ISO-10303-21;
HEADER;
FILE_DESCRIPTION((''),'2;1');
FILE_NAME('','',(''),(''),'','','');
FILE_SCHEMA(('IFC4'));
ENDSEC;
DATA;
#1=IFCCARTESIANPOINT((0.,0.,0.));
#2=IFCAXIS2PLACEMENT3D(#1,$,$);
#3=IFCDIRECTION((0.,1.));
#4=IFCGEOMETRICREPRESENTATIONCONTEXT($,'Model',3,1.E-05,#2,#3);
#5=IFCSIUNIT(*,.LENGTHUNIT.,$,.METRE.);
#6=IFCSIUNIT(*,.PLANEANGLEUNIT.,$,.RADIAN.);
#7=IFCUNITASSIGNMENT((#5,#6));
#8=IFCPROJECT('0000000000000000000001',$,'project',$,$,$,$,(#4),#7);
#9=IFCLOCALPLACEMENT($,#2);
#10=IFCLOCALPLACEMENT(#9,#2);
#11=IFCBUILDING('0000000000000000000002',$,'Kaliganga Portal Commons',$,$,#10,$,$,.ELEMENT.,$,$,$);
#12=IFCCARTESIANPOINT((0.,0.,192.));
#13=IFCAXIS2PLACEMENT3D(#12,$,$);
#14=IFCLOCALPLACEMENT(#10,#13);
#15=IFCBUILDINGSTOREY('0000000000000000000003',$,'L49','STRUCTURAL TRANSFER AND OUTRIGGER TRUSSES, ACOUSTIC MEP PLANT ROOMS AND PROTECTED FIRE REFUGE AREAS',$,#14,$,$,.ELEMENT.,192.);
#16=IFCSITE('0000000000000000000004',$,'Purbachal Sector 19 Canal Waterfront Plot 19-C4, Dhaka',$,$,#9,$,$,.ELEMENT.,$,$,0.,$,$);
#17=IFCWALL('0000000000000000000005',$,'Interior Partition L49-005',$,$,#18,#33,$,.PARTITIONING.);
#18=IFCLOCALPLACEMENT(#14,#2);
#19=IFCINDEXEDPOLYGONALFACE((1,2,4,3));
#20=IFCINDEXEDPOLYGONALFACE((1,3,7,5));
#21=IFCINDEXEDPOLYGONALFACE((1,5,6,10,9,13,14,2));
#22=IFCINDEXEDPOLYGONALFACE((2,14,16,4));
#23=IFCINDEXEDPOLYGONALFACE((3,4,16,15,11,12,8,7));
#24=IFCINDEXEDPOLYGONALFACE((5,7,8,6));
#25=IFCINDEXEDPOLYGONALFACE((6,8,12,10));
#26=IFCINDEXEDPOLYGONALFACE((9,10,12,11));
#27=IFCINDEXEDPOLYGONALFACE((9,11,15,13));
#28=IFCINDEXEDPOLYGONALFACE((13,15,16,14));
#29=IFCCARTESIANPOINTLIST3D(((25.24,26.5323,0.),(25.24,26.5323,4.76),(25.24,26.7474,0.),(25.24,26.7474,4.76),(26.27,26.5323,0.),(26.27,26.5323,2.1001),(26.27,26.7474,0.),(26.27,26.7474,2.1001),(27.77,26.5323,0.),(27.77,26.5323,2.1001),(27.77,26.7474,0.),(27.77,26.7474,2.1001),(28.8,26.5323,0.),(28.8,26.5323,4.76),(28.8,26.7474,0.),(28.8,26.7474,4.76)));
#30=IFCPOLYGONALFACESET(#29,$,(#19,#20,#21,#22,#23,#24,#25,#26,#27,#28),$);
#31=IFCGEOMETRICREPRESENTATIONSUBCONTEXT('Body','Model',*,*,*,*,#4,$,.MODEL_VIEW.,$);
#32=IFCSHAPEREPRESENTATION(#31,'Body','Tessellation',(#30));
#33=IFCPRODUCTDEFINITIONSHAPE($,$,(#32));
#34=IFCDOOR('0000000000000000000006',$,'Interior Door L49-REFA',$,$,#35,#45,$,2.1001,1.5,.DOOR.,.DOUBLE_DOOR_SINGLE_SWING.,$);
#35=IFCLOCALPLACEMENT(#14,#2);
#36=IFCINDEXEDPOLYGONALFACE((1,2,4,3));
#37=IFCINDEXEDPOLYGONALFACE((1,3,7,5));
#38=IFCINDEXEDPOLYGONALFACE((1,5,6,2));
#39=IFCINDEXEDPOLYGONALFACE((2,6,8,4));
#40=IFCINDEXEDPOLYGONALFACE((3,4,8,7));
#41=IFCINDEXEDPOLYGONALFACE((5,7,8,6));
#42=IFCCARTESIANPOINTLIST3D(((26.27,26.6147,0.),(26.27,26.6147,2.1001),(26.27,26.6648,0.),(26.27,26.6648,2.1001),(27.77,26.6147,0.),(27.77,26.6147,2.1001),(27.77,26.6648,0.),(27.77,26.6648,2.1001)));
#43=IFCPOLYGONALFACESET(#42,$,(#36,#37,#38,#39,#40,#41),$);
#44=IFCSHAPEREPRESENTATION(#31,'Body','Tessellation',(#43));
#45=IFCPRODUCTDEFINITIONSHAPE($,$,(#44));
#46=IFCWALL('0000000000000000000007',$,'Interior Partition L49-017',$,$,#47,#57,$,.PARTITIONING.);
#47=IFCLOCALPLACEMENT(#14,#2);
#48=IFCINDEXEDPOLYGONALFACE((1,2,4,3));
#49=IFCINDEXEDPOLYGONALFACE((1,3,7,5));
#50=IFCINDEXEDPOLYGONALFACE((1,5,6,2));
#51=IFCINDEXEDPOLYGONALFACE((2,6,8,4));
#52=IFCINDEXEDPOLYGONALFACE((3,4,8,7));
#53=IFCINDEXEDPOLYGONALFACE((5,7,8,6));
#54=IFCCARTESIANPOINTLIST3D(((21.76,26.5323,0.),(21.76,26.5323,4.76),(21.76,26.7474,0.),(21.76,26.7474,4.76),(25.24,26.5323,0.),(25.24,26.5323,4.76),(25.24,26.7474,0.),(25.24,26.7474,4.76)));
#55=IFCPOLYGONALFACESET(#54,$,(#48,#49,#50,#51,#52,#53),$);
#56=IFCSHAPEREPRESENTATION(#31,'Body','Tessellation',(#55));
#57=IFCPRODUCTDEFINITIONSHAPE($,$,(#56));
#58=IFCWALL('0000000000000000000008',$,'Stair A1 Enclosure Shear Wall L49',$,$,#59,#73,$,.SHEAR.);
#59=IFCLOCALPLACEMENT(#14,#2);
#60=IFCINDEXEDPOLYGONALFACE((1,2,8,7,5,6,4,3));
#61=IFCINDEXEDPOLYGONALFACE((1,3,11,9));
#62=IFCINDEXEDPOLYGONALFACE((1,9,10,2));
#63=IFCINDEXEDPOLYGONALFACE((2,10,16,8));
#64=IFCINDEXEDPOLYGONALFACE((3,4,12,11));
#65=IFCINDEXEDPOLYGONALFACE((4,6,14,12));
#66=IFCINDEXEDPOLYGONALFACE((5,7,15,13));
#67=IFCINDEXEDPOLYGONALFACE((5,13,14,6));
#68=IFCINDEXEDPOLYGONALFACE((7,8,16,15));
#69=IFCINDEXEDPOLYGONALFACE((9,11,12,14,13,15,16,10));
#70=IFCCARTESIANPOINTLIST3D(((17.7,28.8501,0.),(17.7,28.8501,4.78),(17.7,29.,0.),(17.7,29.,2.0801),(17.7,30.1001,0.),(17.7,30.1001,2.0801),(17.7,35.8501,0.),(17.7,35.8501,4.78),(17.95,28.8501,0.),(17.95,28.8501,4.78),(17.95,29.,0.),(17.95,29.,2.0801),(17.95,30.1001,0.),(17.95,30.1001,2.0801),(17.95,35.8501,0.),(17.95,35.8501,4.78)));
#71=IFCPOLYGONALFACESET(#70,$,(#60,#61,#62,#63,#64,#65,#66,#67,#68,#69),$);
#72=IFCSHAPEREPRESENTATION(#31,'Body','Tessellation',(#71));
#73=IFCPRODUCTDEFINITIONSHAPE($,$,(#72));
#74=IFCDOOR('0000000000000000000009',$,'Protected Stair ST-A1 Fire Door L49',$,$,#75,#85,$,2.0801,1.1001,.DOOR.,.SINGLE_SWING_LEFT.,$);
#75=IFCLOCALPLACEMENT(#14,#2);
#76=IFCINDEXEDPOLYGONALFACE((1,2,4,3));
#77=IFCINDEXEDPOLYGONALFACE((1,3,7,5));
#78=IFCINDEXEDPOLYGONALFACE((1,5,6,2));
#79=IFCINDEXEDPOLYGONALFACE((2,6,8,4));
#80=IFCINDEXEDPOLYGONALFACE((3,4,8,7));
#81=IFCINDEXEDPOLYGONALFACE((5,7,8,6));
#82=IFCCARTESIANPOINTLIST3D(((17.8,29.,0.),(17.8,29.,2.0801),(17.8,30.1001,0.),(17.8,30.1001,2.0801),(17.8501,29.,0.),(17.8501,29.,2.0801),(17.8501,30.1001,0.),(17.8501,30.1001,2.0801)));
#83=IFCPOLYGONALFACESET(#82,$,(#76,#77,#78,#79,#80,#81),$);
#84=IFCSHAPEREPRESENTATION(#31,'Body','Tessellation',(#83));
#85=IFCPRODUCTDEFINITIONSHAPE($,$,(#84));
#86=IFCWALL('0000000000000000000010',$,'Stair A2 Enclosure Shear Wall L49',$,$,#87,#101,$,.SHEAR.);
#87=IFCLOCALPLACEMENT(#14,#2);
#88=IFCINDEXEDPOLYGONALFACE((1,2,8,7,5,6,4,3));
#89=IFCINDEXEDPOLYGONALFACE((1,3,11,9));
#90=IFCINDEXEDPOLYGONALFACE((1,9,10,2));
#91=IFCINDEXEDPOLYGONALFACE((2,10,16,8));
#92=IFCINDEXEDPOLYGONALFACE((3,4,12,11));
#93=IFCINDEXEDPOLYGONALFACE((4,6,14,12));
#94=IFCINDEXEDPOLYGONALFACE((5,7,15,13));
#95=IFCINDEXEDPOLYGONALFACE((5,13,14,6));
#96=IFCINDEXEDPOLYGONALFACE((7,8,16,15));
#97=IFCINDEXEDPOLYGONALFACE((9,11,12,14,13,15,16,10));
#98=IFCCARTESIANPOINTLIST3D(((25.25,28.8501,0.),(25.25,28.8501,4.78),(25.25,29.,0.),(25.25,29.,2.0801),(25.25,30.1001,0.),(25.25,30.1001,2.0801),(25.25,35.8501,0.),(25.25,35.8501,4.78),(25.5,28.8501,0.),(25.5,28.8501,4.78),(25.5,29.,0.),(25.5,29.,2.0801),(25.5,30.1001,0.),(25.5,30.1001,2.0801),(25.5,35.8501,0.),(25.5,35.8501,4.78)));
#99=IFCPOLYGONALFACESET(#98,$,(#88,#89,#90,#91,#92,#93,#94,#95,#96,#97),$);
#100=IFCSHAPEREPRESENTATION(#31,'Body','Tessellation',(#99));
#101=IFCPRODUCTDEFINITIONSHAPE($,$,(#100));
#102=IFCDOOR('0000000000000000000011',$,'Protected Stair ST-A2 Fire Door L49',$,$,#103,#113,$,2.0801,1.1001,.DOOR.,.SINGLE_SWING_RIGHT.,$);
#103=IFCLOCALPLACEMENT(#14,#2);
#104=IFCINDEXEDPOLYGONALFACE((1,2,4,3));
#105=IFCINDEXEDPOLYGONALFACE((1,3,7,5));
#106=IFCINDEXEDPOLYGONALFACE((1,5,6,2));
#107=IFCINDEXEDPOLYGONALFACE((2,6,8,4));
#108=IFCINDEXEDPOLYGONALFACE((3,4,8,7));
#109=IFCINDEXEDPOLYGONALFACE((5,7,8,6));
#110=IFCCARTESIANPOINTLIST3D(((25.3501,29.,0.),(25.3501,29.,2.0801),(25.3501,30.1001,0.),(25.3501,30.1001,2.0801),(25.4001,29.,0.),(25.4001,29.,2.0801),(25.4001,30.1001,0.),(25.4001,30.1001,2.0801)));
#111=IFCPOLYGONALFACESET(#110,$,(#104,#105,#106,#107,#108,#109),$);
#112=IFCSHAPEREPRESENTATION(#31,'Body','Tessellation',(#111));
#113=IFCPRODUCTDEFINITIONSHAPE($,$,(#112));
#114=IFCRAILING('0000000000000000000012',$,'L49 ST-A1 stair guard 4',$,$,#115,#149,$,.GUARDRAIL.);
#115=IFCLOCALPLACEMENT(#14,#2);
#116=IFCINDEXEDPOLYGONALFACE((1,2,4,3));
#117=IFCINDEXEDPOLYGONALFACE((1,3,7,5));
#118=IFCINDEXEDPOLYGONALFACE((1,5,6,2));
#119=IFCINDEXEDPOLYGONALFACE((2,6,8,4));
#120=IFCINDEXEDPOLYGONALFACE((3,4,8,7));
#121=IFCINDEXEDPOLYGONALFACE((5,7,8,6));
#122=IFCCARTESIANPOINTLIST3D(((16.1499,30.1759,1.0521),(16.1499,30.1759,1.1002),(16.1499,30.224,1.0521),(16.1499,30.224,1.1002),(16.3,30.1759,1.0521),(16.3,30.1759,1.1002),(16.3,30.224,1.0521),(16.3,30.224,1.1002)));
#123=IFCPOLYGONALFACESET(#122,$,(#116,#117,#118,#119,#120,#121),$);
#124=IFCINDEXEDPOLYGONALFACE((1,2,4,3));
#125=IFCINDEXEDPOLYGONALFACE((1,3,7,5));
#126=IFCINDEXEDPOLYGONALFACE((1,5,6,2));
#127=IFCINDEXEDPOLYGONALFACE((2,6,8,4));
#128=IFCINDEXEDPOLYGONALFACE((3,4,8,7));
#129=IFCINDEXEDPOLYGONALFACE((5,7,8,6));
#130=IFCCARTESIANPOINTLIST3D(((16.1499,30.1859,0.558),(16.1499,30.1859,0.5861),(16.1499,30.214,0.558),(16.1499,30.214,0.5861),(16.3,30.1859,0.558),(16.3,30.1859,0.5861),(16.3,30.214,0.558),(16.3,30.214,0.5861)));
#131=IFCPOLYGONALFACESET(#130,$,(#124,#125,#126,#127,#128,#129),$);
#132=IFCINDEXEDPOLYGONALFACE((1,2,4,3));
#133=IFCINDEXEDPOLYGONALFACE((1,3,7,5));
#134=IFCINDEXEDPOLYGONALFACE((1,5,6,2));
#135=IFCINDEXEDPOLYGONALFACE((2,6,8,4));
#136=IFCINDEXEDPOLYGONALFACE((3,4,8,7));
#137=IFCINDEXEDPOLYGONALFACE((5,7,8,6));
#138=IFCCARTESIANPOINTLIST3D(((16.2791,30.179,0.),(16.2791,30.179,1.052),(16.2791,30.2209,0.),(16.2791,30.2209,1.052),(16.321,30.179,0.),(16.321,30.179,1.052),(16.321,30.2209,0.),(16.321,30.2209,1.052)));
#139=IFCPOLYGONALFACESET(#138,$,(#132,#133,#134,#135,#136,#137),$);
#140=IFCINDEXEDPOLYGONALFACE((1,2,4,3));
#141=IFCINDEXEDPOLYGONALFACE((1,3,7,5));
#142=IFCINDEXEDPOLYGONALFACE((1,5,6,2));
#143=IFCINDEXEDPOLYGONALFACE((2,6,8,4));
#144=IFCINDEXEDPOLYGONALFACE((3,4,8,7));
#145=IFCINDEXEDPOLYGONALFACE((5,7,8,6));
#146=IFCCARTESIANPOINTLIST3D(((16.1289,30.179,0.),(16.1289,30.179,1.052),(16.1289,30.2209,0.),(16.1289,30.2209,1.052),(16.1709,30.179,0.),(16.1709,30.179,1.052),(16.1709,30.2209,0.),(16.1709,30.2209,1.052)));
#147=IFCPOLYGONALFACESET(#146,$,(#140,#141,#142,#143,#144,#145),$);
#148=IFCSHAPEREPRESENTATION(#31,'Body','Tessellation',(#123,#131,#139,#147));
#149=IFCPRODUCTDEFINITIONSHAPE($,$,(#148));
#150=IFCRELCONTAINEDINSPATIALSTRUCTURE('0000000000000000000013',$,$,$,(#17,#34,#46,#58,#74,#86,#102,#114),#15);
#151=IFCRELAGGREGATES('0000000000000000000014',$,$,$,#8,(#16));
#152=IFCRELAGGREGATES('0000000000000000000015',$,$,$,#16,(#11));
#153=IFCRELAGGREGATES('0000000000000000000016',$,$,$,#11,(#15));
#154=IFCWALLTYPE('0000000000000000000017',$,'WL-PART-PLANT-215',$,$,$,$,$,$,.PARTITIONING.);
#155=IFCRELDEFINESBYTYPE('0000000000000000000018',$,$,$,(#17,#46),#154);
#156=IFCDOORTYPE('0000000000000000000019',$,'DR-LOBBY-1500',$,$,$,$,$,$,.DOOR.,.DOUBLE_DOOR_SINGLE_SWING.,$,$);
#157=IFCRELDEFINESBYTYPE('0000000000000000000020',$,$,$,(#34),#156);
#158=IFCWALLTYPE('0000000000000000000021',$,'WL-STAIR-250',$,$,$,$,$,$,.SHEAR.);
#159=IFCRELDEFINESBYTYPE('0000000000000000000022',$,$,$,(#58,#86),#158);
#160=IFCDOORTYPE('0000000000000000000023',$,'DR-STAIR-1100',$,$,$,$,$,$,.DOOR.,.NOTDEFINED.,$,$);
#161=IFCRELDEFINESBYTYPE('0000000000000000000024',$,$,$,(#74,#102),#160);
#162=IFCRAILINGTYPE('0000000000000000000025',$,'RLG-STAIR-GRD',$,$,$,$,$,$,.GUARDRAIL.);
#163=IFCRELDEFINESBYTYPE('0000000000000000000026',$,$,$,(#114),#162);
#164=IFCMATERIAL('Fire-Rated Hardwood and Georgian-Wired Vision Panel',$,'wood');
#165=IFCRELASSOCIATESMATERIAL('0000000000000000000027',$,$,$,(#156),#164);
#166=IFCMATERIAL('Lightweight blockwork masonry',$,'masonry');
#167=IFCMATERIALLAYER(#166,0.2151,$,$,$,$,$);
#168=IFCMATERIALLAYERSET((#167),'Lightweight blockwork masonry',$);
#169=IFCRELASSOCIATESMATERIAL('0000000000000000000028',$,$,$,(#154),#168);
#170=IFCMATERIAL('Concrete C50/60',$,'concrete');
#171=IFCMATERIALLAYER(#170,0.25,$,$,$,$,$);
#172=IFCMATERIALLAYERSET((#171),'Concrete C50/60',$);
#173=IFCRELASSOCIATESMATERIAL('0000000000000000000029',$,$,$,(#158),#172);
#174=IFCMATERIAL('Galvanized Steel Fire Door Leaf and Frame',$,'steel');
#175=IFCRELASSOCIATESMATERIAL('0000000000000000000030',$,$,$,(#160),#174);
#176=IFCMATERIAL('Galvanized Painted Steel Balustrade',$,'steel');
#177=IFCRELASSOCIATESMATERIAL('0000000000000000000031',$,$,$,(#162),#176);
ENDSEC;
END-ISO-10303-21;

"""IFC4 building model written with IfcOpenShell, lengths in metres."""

from ifc_helpers import new_model, si_unit, direction, frame, frame_2d, origin, origin_2d, place, context, subcontext, project, spatial, rectangle, extrude, material, layer, layer_set, type_object, element, fill, save


model = new_model("IFC4")

# Units and contexts
model_context = context("Model", 3, precision=1e-05, world=origin(), true_north=direction((0.0, 1.0)))
body_context = subcontext(model_context, "Body", "Model", "MODEL_VIEW")
ifc_project = project(units=[si_unit("LENGTHUNIT", "METRE"), si_unit("PLANEANGLEUNIT", "RADIAN")], contexts=[model_context])

# Site, building, storey
site_placement = place(None, origin())
site = spatial("IfcSite", under=ifc_project, at=site_placement, Name="Purbachal Sector 19 Canal Waterfront Plot 19-C4, Dhaka", CompositionType="ELEMENT", RefElevation=0.0)
building_placement = place(site_placement, origin())
building = spatial("IfcBuilding", under=site, at=building_placement, Name="Kaliganga Portal Commons", CompositionType="ELEMENT")
storey_placement = place(building_placement, frame((0.0, 0.0, 192.0)))
storey = spatial("IfcBuildingStorey", under=building, at=storey_placement, Name="L49", Description="STRUCTURAL TRANSFER AND OUTRIGGER TRUSSES, ACOUSTIC MEP PLANT ROOMS AND PROTECTED FIRE REFUGE AREAS", CompositionType="ELEMENT", Elevation=192.0)

# Shared definitions
ifc_material_1 = material(Name="Concrete C50/60", Category="concrete")

# Shared definitions
ifc_material_2 = material(Name="Fire-Rated Hardwood and Georgian-Wired Vision Panel", Category="wood")
door_type_1 = type_object("IfcDoorType", Name="DR-LOBBY-1500", OperationType="DOUBLE_DOOR_SINGLE_SWING", PredefinedType="DOOR", material=ifc_material_2)

# Wall, opening, door
ifc_material_3 = material(Name="Lightweight blockwork masonry", Category="masonry")
ifc_layer_1 = layer(ifc_material_3, 0.2151)
ifc_layer_set_1 = layer_set([ifc_layer_1], Name="Lightweight blockwork masonry")
wall_type_1 = type_object("IfcWallType", Name="WL-PART-PLANT-215", PredefinedType="PARTITIONING", material=ifc_layer_set_1)
wall_1_placement = place(storey_placement, frame((25.24, 26.6399, 0.0), z_axis=(0.0, 0.0, 1.0), x_axis=(1.0, 0.0, 0.0)))
wall_1 = element("IfcWall", 1, at=wall_1_placement, inside=storey, type_object=wall_type_1, Name="Interior Partition L49-005", PredefinedType="PARTITIONING", context=body_context, shape_type="SweptSolid", body=[
    extrude(rectangle(XDim=3.5601, YDim=0.2151, at=frame_2d((1.78, 0.0))), origin(), (0.0, 0.0, 1.0), 4.76),
])
opening_1_placement = place(wall_1_placement, frame((1.03, 0.0, 0.0)))
opening_1 = element("IfcOpeningElement", 2, at=opening_1_placement, cuts=wall_1, PredefinedType="OPENING", context=body_context, shape_type="SweptSolid", body=[
    extrude(rectangle(XDim=1.5, YDim=2.1001, at=frame_2d((0.75, 1.05))), frame((0.0, 0.1177, 0.0), z_axis=(0.0, -1.0, 0.0), x_axis=(1.0, 0.0, 0.0)), (0.0, 0.0, 1.0), 0.2351),
])
door_1_placement = place(opening_1_placement, origin())
door_1 = element("IfcDoor", 3, at=door_1_placement, inside=storey, type_object=door_type_1, Name="Interior Door L49-REFA", OperationType="DOUBLE_DOOR_SINGLE_SWING", OverallHeight=2.1001, OverallWidth=1.5, PredefinedType="DOOR", context=body_context, shape_type="SweptSolid", body=[
    extrude(rectangle(XDim=1.5, YDim=2.1001, at=frame_2d((0.75, 1.05))), frame((0.0, 0.0249, 0.0), z_axis=(0.0, -1.0, 0.0), x_axis=(1.0, 0.0, 0.0)), (0.0, 0.0, 1.0), 0.05),
])
fill(opening_1, door_1)

# Wall
wall_2_placement = place(storey_placement, frame((21.76, 26.6399, 0.0), z_axis=(0.0, 0.0, 1.0), x_axis=(1.0, 0.0, 0.0)))
element("IfcWall", 4, at=wall_2_placement, inside=storey, type_object=wall_type_1, Name="Interior Partition L49-017", PredefinedType="PARTITIONING", context=body_context, shape_type="SweptSolid", body=[
    extrude(rectangle(XDim=3.48, YDim=0.2151, at=frame_2d((1.74, 0.0))), origin(), (0.0, 0.0, 1.0), 4.76),
])

# Walls, openings, doors
ifc_layer_2 = layer(ifc_material_1, 0.25)
ifc_layer_set_2 = layer_set([ifc_layer_2], Name="Concrete C50/60")
wall_type_2 = type_object("IfcWallType", Name="WL-STAIR-250", PredefinedType="SHEAR", material=ifc_layer_set_2)
wall_3_placement = place(storey_placement, frame((17.825, 28.8501, 0.0), z_axis=(0.0, 0.0, 1.0), x_axis=(0.0, 1.0, 0.0)))
wall_3 = element("IfcWall", 5, at=wall_3_placement, inside=storey, type_object=wall_type_2, Name="Stair A1 Enclosure Shear Wall L49", PredefinedType="SHEAR", context=body_context, shape_type="SweptSolid", body=[
    extrude(rectangle(XDim=7.0, YDim=0.25, at=frame_2d((3.5, 0.0))), origin(), (0.0, 0.0, 1.0), 4.78),
])
opening_2_placement = place(wall_3_placement, frame((0.1499, 0.0, 0.0)))
opening_2 = element("IfcOpeningElement", 6, at=opening_2_placement, cuts=wall_3, PredefinedType="OPENING", context=body_context, shape_type="SweptSolid", body=[
    extrude(rectangle(XDim=1.1001, YDim=2.0801, at=frame_2d((0.55, 1.04))), frame((0.0, 0.135, 0.0), z_axis=(0.0, -1.0, 0.0), x_axis=(1.0, 0.0, 0.0)), (0.0, 0.0, 1.0), 0.27),
])
ifc_material_4 = material(Name="Galvanized Steel Fire Door Leaf and Frame", Category="steel")
door_type_2 = type_object("IfcDoorType", Name="DR-STAIR-1100", OperationType="NOTDEFINED", PredefinedType="DOOR", material=ifc_material_4)
door_2_placement = place(opening_2_placement, origin())
door_2 = element("IfcDoor", 7, at=door_2_placement, inside=storey, type_object=door_type_2, Name="Protected Stair ST-A1 Fire Door L49", OperationType="SINGLE_SWING_LEFT", OverallHeight=2.0801, OverallWidth=1.1001, PredefinedType="DOOR", context=body_context, shape_type="SweptSolid", body=[
    extrude(rectangle(XDim=1.1001, YDim=2.0801, at=frame_2d((0.55, 1.04))), frame((0.0, 0.0249, 0.0), z_axis=(0.0, -1.0, 0.0), x_axis=(1.0, 0.0, 0.0)), (0.0, 0.0, 1.0), 0.05),
])
fill(opening_2, door_2)
wall_4_placement = place(storey_placement, frame((25.375, 28.8501, 0.0), z_axis=(0.0, 0.0, 1.0), x_axis=(0.0, 1.0, 0.0)))
wall_4 = element("IfcWall", 8, at=wall_4_placement, inside=storey, type_object=wall_type_2, Name="Stair A2 Enclosure Shear Wall L49", PredefinedType="SHEAR", context=body_context, shape_type="SweptSolid", body=[
    extrude(rectangle(XDim=7.0, YDim=0.25, at=frame_2d((3.5, 0.0))), origin(), (0.0, 0.0, 1.0), 4.78),
])
opening_3_placement = place(wall_4_placement, frame((0.1499, 0.0, 0.0)))
opening_3 = element("IfcOpeningElement", 9, at=opening_3_placement, cuts=wall_4, PredefinedType="OPENING", context=body_context, shape_type="SweptSolid", body=[
    extrude(rectangle(XDim=1.1001, YDim=2.0801, at=frame_2d((0.55, 1.04))), frame((0.0, 0.135, 0.0), z_axis=(0.0, -1.0, 0.0), x_axis=(1.0, 0.0, 0.0)), (0.0, 0.0, 1.0), 0.27),
])
door_3_placement = place(opening_3_placement, origin())
door_3 = element("IfcDoor", 10, at=door_3_placement, inside=storey, type_object=door_type_2, Name="Protected Stair ST-A2 Fire Door L49", OperationType="SINGLE_SWING_RIGHT", OverallHeight=2.0801, OverallWidth=1.1001, PredefinedType="DOOR", context=body_context, shape_type="SweptSolid", body=[
    extrude(rectangle(XDim=1.1001, YDim=2.0801, at=frame_2d((0.55, 1.04))), frame((0.0, 0.0249, 0.0), z_axis=(0.0, -1.0, 0.0), x_axis=(1.0, 0.0, 0.0)), (0.0, 0.0, 1.0), 0.05),
])
fill(opening_3, door_3)

# Railing
ifc_material_5 = material(Name="Galvanized Painted Steel Balustrade", Category="steel")
railing_type = type_object("IfcRailingType", Name="RLG-STAIR-GRD", PredefinedType="GUARDRAIL", material=ifc_material_5)
railing_placement = place(storey_placement, frame((16.3, 30.2, 0.0)))
element("IfcRailing", 11, at=railing_placement, inside=storey, type_object=railing_type, Name="L49 ST-A1 stair guard 4", PredefinedType="GUARDRAIL", context=body_context, shape_type="SweptSolid", body=[
    extrude(rectangle(XDim=0.0481, YDim=0.0481, at=origin_2d()), frame((0.0, 0.0, 1.0762), z_axis=(-1.0, 0.0, 0.0), x_axis=(0.0, -1.0, 0.0)), (0.0, 0.0, 1.0), 0.1501),
    extrude(rectangle(XDim=0.0281, YDim=0.0281, at=origin_2d()), frame((0.0, 0.0, 0.572), z_axis=(-1.0, 0.0, 0.0), x_axis=(0.0, -1.0, 0.0)), (0.0, 0.0, 1.0), 0.1501),
    extrude(rectangle(XDim=0.042, YDim=0.042, at=origin_2d()), origin(), (0.0, 0.0, 1.0), 1.052),
    extrude(rectangle(XDim=0.042, YDim=0.042, at=origin_2d()), frame((-0.1501, 0.0, 0.0)), (0.0, 0.0, 1.0), 1.052),
])

save(model, "model.ifc")
